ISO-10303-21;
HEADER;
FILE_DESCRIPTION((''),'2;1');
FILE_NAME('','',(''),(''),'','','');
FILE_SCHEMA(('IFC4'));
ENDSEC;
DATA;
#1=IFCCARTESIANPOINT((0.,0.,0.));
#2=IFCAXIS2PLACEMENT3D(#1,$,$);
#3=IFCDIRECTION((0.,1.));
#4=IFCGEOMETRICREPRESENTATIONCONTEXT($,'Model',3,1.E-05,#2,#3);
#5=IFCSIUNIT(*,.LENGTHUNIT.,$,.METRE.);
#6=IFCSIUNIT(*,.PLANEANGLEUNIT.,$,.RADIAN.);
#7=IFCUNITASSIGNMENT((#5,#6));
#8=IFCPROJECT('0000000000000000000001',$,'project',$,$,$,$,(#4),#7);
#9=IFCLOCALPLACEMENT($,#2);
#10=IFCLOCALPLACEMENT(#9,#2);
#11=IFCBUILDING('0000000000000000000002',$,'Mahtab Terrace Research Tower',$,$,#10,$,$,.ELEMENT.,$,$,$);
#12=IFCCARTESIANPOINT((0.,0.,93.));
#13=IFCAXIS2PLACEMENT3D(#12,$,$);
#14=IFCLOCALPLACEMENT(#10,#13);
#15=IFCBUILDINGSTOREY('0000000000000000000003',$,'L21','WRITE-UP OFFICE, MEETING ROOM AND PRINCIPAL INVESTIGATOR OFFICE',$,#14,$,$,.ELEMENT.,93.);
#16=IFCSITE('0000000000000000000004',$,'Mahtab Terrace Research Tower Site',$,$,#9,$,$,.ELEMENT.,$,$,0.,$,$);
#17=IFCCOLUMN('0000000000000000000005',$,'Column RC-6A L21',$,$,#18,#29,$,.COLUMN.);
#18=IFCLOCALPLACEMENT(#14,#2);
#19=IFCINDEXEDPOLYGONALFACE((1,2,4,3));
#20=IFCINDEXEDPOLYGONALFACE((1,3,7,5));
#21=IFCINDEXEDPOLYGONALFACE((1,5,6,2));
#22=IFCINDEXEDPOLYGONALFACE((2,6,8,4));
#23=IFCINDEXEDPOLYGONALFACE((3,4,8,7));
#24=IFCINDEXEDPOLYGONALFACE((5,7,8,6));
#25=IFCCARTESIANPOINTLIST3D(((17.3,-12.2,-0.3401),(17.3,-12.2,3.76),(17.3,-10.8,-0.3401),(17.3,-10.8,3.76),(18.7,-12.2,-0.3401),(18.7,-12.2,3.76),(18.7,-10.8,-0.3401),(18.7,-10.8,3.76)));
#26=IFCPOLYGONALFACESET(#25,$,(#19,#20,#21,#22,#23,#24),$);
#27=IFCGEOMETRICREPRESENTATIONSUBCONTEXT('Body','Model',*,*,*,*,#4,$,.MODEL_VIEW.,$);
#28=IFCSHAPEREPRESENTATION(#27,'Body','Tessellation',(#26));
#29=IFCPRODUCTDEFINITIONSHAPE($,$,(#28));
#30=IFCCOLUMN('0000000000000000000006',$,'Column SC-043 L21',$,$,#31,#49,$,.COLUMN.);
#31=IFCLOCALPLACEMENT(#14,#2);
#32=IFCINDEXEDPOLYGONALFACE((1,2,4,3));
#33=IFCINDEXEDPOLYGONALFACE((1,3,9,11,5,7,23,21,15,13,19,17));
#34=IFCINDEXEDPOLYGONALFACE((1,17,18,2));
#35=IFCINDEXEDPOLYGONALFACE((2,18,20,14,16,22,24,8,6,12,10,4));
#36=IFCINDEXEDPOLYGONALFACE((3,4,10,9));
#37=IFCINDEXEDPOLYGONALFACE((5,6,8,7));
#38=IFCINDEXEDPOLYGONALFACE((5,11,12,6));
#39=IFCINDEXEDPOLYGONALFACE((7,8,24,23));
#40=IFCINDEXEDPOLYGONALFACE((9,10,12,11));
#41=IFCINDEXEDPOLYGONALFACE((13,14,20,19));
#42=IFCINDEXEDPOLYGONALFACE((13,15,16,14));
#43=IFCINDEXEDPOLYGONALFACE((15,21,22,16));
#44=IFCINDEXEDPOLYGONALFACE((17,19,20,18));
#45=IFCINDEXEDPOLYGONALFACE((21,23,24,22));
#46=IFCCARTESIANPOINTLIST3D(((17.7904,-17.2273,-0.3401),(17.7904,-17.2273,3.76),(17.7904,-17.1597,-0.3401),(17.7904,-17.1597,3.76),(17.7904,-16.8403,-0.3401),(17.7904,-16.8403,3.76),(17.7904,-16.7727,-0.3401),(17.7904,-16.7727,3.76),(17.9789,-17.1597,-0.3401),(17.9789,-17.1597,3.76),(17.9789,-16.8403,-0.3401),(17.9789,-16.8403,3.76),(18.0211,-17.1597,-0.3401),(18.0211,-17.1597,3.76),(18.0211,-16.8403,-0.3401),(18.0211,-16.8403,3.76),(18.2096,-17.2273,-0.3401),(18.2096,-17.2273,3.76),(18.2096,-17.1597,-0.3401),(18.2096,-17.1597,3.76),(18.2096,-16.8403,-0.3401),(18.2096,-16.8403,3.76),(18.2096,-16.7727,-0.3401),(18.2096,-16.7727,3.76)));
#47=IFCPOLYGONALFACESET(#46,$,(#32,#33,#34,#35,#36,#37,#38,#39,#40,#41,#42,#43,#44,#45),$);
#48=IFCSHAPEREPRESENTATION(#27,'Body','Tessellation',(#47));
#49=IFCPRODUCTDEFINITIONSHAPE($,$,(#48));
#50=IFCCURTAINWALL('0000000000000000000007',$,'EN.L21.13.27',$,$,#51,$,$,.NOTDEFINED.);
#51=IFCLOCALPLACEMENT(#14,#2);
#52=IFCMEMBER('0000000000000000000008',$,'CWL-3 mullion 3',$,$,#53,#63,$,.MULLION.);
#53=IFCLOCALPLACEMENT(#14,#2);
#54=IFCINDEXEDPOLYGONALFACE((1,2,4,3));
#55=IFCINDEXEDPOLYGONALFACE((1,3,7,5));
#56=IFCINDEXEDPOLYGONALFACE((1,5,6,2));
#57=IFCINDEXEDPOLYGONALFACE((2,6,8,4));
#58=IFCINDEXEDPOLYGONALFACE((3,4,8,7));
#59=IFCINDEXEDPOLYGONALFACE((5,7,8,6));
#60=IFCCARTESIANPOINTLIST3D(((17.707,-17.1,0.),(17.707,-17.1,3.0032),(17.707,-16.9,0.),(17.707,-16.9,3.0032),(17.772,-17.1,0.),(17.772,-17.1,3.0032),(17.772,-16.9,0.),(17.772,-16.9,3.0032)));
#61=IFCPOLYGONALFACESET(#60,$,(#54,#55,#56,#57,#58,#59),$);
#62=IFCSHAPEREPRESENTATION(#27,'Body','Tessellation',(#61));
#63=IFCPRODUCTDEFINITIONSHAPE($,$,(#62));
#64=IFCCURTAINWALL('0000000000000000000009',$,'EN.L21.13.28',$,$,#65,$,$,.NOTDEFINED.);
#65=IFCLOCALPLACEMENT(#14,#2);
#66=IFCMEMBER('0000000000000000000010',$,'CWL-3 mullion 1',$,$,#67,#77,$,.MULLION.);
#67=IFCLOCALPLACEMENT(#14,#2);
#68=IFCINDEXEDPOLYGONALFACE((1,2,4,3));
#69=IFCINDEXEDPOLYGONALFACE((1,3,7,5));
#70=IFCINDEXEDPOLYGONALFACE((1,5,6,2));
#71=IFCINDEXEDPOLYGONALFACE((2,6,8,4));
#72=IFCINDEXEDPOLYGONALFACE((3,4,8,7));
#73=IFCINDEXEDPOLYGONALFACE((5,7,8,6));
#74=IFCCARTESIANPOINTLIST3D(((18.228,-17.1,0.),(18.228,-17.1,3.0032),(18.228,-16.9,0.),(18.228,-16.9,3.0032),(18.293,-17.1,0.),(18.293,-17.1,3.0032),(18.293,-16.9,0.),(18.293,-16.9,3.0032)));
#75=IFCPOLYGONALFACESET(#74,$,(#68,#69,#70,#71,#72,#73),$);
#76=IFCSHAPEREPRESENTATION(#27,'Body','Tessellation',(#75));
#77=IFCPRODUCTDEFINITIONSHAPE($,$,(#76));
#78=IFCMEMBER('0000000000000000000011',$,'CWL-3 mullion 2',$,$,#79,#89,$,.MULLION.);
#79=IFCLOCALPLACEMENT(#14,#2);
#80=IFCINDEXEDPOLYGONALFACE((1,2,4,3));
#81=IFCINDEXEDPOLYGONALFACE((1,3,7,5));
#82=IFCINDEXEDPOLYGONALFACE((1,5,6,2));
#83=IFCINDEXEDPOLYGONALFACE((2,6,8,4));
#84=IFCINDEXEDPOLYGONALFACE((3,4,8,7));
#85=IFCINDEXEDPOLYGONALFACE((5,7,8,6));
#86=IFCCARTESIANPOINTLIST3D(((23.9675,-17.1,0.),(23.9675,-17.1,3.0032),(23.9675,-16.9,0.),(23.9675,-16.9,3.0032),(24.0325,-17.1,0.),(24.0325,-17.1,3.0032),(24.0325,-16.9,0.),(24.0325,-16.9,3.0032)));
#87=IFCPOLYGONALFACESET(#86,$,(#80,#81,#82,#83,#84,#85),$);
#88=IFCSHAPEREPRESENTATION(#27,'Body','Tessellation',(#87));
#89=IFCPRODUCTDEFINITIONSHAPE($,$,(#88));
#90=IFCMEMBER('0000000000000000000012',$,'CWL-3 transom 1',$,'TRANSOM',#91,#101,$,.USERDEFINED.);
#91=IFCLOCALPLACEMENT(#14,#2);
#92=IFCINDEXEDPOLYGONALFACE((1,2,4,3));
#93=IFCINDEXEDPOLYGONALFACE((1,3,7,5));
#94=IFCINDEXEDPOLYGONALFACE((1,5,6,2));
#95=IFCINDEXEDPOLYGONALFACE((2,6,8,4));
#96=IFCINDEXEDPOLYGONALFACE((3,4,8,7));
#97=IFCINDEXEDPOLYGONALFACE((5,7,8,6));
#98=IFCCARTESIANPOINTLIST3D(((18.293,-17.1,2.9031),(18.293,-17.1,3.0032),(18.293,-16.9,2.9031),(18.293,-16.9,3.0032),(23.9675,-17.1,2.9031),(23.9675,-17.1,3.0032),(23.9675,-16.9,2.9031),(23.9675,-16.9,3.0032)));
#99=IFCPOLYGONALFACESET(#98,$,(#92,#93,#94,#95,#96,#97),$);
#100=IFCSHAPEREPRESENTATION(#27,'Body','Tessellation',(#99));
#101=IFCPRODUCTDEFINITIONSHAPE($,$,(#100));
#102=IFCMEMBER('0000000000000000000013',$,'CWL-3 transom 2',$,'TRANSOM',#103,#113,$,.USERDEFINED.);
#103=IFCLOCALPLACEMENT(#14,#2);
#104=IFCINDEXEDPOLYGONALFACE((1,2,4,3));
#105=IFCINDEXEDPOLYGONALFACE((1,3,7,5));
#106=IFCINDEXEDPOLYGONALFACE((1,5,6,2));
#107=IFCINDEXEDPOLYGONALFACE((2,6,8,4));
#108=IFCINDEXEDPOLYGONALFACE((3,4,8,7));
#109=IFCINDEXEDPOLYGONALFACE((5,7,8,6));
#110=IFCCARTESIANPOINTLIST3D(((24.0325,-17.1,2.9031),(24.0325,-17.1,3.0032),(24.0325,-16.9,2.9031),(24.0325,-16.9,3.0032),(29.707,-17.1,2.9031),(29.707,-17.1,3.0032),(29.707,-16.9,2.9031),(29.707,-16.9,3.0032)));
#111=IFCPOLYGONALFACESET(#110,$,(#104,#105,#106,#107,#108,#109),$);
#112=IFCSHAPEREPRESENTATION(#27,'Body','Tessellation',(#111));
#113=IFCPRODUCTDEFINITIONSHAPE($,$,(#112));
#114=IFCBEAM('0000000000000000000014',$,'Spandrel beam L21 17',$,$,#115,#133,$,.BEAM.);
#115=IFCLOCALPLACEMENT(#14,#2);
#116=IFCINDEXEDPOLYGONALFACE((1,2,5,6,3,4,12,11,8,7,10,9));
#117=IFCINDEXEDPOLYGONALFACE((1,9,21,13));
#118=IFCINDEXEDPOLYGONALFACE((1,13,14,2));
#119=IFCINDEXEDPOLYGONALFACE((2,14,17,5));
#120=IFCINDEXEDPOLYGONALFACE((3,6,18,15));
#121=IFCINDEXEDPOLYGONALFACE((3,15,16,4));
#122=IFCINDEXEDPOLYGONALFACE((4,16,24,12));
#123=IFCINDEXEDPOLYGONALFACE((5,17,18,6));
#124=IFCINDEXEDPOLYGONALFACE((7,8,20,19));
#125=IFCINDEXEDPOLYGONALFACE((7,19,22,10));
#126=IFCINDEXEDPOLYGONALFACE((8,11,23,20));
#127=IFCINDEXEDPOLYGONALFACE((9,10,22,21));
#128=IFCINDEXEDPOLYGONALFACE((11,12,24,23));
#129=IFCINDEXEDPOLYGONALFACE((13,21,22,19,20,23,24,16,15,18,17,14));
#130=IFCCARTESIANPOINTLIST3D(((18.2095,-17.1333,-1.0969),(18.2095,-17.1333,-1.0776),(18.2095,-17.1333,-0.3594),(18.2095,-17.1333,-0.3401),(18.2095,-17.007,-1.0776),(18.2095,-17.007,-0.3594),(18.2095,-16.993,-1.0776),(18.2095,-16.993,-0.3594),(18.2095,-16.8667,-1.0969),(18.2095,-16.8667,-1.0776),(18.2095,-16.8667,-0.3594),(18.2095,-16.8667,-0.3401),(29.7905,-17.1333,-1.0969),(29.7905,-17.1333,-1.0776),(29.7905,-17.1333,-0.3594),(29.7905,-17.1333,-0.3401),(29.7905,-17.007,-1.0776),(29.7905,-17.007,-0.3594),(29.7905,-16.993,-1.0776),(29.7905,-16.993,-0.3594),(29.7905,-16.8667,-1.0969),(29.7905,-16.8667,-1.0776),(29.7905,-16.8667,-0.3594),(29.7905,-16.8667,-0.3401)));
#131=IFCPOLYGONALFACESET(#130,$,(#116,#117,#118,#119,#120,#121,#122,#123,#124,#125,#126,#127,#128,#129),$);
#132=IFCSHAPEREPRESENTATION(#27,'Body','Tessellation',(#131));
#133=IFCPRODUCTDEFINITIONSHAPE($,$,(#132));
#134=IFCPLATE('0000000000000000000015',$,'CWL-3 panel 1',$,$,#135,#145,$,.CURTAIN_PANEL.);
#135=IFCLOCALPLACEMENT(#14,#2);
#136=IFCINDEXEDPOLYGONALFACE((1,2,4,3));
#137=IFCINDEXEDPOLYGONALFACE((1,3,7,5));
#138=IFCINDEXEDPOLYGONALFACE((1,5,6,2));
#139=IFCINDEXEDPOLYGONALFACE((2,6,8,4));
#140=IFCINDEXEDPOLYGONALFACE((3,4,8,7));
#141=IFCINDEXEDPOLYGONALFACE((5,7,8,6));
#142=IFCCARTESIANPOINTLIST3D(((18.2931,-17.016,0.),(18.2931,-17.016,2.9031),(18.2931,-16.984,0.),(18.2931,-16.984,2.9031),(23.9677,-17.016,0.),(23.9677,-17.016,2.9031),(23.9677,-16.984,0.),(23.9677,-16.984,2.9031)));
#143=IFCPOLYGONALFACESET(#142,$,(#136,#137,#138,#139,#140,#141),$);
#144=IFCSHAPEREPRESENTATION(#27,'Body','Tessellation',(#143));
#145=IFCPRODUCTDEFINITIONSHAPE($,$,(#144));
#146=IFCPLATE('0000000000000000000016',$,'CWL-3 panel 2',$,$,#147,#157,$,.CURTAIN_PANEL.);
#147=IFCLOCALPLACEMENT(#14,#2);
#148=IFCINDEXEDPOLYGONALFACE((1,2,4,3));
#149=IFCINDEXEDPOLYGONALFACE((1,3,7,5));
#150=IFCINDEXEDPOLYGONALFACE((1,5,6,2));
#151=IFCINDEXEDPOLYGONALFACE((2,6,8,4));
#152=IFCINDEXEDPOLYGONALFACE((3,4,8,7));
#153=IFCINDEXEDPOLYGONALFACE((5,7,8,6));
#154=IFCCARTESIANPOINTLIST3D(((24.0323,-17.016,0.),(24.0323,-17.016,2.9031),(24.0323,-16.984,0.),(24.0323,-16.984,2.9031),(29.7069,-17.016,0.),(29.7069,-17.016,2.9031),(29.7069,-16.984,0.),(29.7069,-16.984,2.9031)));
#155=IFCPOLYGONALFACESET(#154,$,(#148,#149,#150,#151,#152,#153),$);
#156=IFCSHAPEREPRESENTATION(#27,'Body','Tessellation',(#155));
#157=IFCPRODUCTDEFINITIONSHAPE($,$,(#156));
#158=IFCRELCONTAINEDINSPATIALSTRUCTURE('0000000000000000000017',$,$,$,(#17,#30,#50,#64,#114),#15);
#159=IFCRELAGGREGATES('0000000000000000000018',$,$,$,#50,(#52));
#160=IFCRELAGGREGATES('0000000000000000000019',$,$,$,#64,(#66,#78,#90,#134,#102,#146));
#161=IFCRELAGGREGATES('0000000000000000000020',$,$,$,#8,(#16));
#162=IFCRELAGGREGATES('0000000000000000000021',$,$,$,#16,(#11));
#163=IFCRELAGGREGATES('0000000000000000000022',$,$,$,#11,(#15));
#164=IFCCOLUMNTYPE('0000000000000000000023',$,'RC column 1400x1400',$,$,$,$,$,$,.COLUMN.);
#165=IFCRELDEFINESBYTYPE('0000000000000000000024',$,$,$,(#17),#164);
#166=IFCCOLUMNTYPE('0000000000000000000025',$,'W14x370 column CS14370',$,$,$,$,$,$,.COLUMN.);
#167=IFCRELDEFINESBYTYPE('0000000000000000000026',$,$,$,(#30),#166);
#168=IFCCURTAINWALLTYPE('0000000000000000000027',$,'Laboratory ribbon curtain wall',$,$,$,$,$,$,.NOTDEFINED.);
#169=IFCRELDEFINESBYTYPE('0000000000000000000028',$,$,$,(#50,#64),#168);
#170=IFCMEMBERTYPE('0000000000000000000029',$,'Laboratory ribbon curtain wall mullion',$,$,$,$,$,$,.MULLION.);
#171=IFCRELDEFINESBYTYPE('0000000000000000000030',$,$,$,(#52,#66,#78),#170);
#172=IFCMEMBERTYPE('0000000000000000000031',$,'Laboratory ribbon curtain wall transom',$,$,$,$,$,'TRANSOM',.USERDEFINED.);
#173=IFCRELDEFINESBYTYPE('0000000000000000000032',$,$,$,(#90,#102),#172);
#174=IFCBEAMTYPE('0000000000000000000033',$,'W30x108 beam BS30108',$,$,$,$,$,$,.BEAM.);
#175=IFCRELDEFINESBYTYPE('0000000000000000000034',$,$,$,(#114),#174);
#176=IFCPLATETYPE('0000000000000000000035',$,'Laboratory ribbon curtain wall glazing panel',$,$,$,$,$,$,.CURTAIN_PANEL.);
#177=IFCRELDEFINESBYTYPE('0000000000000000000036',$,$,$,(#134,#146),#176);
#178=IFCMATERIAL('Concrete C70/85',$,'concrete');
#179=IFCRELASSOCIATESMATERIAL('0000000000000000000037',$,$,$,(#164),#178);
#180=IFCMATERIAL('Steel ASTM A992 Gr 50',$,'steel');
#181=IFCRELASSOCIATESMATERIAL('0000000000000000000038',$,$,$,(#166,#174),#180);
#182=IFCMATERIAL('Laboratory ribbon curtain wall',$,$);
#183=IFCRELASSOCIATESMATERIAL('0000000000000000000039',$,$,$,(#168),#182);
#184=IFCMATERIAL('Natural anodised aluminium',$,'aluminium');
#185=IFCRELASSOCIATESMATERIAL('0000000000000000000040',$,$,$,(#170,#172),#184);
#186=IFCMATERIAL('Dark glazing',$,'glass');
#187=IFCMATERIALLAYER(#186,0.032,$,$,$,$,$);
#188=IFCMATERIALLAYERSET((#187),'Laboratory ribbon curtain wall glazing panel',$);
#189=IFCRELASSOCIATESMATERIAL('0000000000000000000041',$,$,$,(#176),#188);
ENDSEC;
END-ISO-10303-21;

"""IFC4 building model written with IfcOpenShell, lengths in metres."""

from ifc_helpers import new_model, si_unit, direction, frame, origin, origin_2d, place, context, subcontext, project, spatial, rectangle, i_section, extrude, material, layer, layer_set, material_profile, profile_set, type_object, element, aggregate, save


model = new_model("IFC4")

# Units and contexts
model_context = context("Model", 3, precision=1e-05, world=origin(), true_north=direction((0.0, 1.0)))
body_context = subcontext(model_context, "Body", "Model", "MODEL_VIEW")
ifc_project = project(units=[si_unit("LENGTHUNIT", "METRE"), si_unit("PLANEANGLEUNIT", "RADIAN")], contexts=[model_context])

# Site, building, storey
site_placement = place(None, origin())
site = spatial("IfcSite", under=ifc_project, at=site_placement, Name="Mahtab Terrace Research Tower Site", CompositionType="ELEMENT", RefElevation=0.0)
building_placement = place(site_placement, origin())
building = spatial("IfcBuilding", under=site, at=building_placement, Name="Mahtab Terrace Research Tower", CompositionType="ELEMENT")
storey_placement = place(building_placement, frame((0.0, 0.0, 93.0)))
storey = spatial("IfcBuildingStorey", under=building, at=storey_placement, Name="L21", Description="WRITE-UP OFFICE, MEETING ROOM AND PRINCIPAL INVESTIGATOR OFFICE", CompositionType="ELEMENT", Elevation=93.0)

# Columns
ifc_material_1 = material(Name="Concrete C70/85", Category="concrete")
ifc_material_profile_1 = material_profile(ifc_material_1, rectangle(XDim=1.3999, YDim=1.3999, at=origin_2d()), Name="RC column 1400x1400")
ifc_profile_set_1 = profile_set([ifc_material_profile_1], Name="Concrete C70/85")
column_type_1 = type_object("IfcColumnType", Name="RC column 1400x1400", PredefinedType="COLUMN", material=ifc_profile_set_1)
column_1_placement = place(storey_placement, frame((18.0, -11.5, -0.3401), z_axis=(0.0, 0.0, 1.0), x_axis=(1.0, 0.0, 0.0)))
element("IfcColumn", 1, at=column_1_placement, inside=storey, type_object=column_type_1, Name="Column RC-6A L21", PredefinedType="COLUMN", context=body_context, shape_type="SweptSolid", body=[
    extrude(rectangle(XDim=1.3999, YDim=1.3999, at=origin_2d()), origin(), (0.0, 0.0, 1.0), 4.1001),
])
ifc_material_2 = material(Name="Steel ASTM A992 Gr 50", Category="steel")
ifc_material_profile_2 = material_profile(ifc_material_2, i_section(OverallWidth=0.4192, OverallDepth=0.4546, WebThickness=0.0422, FlangeThickness=0.0676, at=origin_2d()), Name="W14X370")
ifc_profile_set_2 = profile_set([ifc_material_profile_2], Name="Steel ASTM A992 Gr 50")
column_type_2 = type_object("IfcColumnType", Name="W14x370 column CS14370", PredefinedType="COLUMN", material=ifc_profile_set_2)
column_2_placement = place(storey_placement, frame((18.0, -17.0, -0.3401), z_axis=(0.0, 0.0, 1.0), x_axis=(1.0, 0.0, 0.0)))
element("IfcColumn", 2, at=column_2_placement, inside=storey, type_object=column_type_2, Name="Column SC-043 L21", PredefinedType="COLUMN", context=body_context, shape_type="SweptSolid", body=[
    extrude(i_section(OverallWidth=0.4192, OverallDepth=0.4546, WebThickness=0.0422, FlangeThickness=0.0676, at=origin_2d()), origin(), (0.0, 0.0, 1.0), 4.1001),
])

# Curtain wall, member
ifc_material_3 = material(Name="Laboratory ribbon curtain wall")
curtain_wall_type = type_object("IfcCurtainWallType", Name="Laboratory ribbon curtain wall", PredefinedType="NOTDEFINED", material=ifc_material_3)
curtain_wall_1_placement = place(storey_placement, origin())
curtain_wall_1 = element("IfcCurtainWall", 3, at=curtain_wall_1_placement, inside=storey, type_object=curtain_wall_type, Name="EN.L21.13.27", PredefinedType="NOTDEFINED")
ifc_material_4 = material(Name="Natural anodised aluminium", Category="aluminium")
ifc_material_profile_3 = material_profile(ifc_material_4, rectangle(XDim=0.2, YDim=0.0649, at=origin_2d()), Name="MULLION 65x200")
ifc_profile_set_3 = profile_set([ifc_material_profile_3], Name="Natural anodised aluminium")
member_type_1 = type_object("IfcMemberType", Name="Laboratory ribbon curtain wall mullion", PredefinedType="MULLION", material=ifc_profile_set_3)
member_1_placement = place(storey_placement, frame((17.7395, -17.0, 0.0), z_axis=(0.0, 0.0, 1.0), x_axis=(0.0, 1.0, 0.0)))
member_1 = element("IfcMember", 4, at=member_1_placement, type_object=member_type_1, Name="CWL-3 mullion 3", PredefinedType="MULLION", context=body_context, shape_type="SweptSolid", body=[
    extrude(rectangle(XDim=0.2, YDim=0.0649, at=origin_2d()), origin(), (0.0, 0.0, 1.0), 3.0032),
])
aggregate(curtain_wall_1, [member_1])

# Curtain wall, members
curtain_wall_2_placement = place(storey_placement, origin())
curtain_wall_2 = element("IfcCurtainWall", 5, at=curtain_wall_2_placement, inside=storey, type_object=curtain_wall_type, Name="EN.L21.13.28", PredefinedType="NOTDEFINED")
member_2_placement = place(storey_placement, frame((18.2605, -17.0, 0.0), z_axis=(0.0, 0.0, 1.0), x_axis=(0.0, 1.0, 0.0)))
member_2 = element("IfcMember", 6, at=member_2_placement, type_object=member_type_1, Name="CWL-3 mullion 1", PredefinedType="MULLION", context=body_context, shape_type="SweptSolid", body=[
    extrude(rectangle(XDim=0.2, YDim=0.0649, at=origin_2d()), origin(), (0.0, 0.0, 1.0), 3.0032),
])
member_3_placement = place(storey_placement, frame((24.0, -17.0, 0.0), z_axis=(0.0, 0.0, 1.0), x_axis=(0.0, 1.0, 0.0)))
member_3 = element("IfcMember", 7, at=member_3_placement, type_object=member_type_1, Name="CWL-3 mullion 2", PredefinedType="MULLION", context=body_context, shape_type="SweptSolid", body=[
    extrude(rectangle(XDim=0.2, YDim=0.0649, at=origin_2d()), origin(), (0.0, 0.0, 1.0), 3.0032),
])
ifc_material_profile_4 = material_profile(ifc_material_4, rectangle(XDim=0.2, YDim=0.1001, at=origin_2d()), Name="TRANSOM 100x200")
ifc_profile_set_4 = profile_set([ifc_material_profile_4], Name="Natural anodised aluminium")
member_type_2 = type_object("IfcMemberType", Name="Laboratory ribbon curtain wall transom", ElementType="TRANSOM", PredefinedType="USERDEFINED", material=ifc_profile_set_4)
member_4_placement = place(storey_placement, frame((18.293, -17.0, 2.9531), z_axis=(1.0, 0.0, 0.0), x_axis=(0.0, 1.0, 0.0)))
member_4 = element("IfcMember", 8, at=member_4_placement, type_object=member_type_2, Name="CWL-3 transom 1", ObjectType="TRANSOM", PredefinedType="USERDEFINED", context=body_context, shape_type="SweptSolid", body=[
    extrude(rectangle(XDim=0.2, YDim=0.1001, at=origin_2d()), origin(), (0.0, 0.0, 1.0), 5.6746),
])
member_5_placement = place(storey_placement, frame((24.0325, -17.0, 2.9531), z_axis=(1.0, 0.0, 0.0), x_axis=(0.0, 1.0, 0.0)))
member_5 = element("IfcMember", 9, at=member_5_placement, type_object=member_type_2, Name="CWL-3 transom 2", ObjectType="TRANSOM", PredefinedType="USERDEFINED", context=body_context, shape_type="SweptSolid", body=[
    extrude(rectangle(XDim=0.2, YDim=0.1001, at=origin_2d()), origin(), (0.0, 0.0, 1.0), 5.6746),
])

# Beam
ifc_material_profile_5 = material_profile(ifc_material_2, i_section(OverallWidth=0.2666, OverallDepth=0.7568, WebThickness=0.0139, FlangeThickness=0.0193, at=origin_2d()), Name="W30X108")
ifc_profile_set_5 = profile_set([ifc_material_profile_5], Name="Steel ASTM A992 Gr 50")
beam_type = type_object("IfcBeamType", Name="W30x108 beam BS30108", PredefinedType="BEAM", material=ifc_profile_set_5)
beam_placement = place(storey_placement, frame((18.2095, -17.0, -0.7185), z_axis=(1.0, 0.0, 0.0), x_axis=(0.0, 1.0, 0.0)))
element("IfcBeam", 10, at=beam_placement, inside=storey, type_object=beam_type, Name="Spandrel beam L21 17", PredefinedType="BEAM", context=body_context, shape_type="SweptSolid", body=[
    extrude(i_section(OverallWidth=0.2666, OverallDepth=0.7568, WebThickness=0.0139, FlangeThickness=0.0193, at=origin_2d()), origin(), (0.0, 0.0, 1.0), 11.5811),
])

# Plates
ifc_material_5 = material(Name="Dark glazing", Category="glass")
ifc_layer_1 = layer(ifc_material_5, 0.032)
ifc_layer_set_1 = layer_set([ifc_layer_1], Name="Laboratory ribbon curtain wall glazing panel")
plate_type = type_object("IfcPlateType", Name="Laboratory ribbon curtain wall glazing panel", PredefinedType="CURTAIN_PANEL", material=ifc_layer_set_1)
plate_1_placement = place(storey_placement, frame((21.1304, -17.0, 0.0), z_axis=(0.0, 0.0, 1.0), x_axis=(1.0, 0.0, 0.0)))
plate_1 = element("IfcPlate", 11, at=plate_1_placement, type_object=plate_type, Name="CWL-3 panel 1", PredefinedType="CURTAIN_PANEL", context=body_context, shape_type="SweptSolid", body=[
    extrude(rectangle(XDim=5.6746, YDim=0.032, at=origin_2d()), origin(), (0.0, 0.0, 1.0), 2.9031),
])
plate_2_placement = place(storey_placement, frame((26.8696, -17.0, 0.0), z_axis=(0.0, 0.0, 1.0), x_axis=(1.0, 0.0, 0.0)))
plate_2 = element("IfcPlate", 12, at=plate_2_placement, type_object=plate_type, Name="CWL-3 panel 2", PredefinedType="CURTAIN_PANEL", context=body_context, shape_type="SweptSolid", body=[
    extrude(rectangle(XDim=5.6746, YDim=0.032, at=origin_2d()), origin(), (0.0, 0.0, 1.0), 2.9031),
])
aggregate(curtain_wall_2, [member_2, member_3, member_4, plate_1, member_5, plate_2])

save(model, "model.ifc")
